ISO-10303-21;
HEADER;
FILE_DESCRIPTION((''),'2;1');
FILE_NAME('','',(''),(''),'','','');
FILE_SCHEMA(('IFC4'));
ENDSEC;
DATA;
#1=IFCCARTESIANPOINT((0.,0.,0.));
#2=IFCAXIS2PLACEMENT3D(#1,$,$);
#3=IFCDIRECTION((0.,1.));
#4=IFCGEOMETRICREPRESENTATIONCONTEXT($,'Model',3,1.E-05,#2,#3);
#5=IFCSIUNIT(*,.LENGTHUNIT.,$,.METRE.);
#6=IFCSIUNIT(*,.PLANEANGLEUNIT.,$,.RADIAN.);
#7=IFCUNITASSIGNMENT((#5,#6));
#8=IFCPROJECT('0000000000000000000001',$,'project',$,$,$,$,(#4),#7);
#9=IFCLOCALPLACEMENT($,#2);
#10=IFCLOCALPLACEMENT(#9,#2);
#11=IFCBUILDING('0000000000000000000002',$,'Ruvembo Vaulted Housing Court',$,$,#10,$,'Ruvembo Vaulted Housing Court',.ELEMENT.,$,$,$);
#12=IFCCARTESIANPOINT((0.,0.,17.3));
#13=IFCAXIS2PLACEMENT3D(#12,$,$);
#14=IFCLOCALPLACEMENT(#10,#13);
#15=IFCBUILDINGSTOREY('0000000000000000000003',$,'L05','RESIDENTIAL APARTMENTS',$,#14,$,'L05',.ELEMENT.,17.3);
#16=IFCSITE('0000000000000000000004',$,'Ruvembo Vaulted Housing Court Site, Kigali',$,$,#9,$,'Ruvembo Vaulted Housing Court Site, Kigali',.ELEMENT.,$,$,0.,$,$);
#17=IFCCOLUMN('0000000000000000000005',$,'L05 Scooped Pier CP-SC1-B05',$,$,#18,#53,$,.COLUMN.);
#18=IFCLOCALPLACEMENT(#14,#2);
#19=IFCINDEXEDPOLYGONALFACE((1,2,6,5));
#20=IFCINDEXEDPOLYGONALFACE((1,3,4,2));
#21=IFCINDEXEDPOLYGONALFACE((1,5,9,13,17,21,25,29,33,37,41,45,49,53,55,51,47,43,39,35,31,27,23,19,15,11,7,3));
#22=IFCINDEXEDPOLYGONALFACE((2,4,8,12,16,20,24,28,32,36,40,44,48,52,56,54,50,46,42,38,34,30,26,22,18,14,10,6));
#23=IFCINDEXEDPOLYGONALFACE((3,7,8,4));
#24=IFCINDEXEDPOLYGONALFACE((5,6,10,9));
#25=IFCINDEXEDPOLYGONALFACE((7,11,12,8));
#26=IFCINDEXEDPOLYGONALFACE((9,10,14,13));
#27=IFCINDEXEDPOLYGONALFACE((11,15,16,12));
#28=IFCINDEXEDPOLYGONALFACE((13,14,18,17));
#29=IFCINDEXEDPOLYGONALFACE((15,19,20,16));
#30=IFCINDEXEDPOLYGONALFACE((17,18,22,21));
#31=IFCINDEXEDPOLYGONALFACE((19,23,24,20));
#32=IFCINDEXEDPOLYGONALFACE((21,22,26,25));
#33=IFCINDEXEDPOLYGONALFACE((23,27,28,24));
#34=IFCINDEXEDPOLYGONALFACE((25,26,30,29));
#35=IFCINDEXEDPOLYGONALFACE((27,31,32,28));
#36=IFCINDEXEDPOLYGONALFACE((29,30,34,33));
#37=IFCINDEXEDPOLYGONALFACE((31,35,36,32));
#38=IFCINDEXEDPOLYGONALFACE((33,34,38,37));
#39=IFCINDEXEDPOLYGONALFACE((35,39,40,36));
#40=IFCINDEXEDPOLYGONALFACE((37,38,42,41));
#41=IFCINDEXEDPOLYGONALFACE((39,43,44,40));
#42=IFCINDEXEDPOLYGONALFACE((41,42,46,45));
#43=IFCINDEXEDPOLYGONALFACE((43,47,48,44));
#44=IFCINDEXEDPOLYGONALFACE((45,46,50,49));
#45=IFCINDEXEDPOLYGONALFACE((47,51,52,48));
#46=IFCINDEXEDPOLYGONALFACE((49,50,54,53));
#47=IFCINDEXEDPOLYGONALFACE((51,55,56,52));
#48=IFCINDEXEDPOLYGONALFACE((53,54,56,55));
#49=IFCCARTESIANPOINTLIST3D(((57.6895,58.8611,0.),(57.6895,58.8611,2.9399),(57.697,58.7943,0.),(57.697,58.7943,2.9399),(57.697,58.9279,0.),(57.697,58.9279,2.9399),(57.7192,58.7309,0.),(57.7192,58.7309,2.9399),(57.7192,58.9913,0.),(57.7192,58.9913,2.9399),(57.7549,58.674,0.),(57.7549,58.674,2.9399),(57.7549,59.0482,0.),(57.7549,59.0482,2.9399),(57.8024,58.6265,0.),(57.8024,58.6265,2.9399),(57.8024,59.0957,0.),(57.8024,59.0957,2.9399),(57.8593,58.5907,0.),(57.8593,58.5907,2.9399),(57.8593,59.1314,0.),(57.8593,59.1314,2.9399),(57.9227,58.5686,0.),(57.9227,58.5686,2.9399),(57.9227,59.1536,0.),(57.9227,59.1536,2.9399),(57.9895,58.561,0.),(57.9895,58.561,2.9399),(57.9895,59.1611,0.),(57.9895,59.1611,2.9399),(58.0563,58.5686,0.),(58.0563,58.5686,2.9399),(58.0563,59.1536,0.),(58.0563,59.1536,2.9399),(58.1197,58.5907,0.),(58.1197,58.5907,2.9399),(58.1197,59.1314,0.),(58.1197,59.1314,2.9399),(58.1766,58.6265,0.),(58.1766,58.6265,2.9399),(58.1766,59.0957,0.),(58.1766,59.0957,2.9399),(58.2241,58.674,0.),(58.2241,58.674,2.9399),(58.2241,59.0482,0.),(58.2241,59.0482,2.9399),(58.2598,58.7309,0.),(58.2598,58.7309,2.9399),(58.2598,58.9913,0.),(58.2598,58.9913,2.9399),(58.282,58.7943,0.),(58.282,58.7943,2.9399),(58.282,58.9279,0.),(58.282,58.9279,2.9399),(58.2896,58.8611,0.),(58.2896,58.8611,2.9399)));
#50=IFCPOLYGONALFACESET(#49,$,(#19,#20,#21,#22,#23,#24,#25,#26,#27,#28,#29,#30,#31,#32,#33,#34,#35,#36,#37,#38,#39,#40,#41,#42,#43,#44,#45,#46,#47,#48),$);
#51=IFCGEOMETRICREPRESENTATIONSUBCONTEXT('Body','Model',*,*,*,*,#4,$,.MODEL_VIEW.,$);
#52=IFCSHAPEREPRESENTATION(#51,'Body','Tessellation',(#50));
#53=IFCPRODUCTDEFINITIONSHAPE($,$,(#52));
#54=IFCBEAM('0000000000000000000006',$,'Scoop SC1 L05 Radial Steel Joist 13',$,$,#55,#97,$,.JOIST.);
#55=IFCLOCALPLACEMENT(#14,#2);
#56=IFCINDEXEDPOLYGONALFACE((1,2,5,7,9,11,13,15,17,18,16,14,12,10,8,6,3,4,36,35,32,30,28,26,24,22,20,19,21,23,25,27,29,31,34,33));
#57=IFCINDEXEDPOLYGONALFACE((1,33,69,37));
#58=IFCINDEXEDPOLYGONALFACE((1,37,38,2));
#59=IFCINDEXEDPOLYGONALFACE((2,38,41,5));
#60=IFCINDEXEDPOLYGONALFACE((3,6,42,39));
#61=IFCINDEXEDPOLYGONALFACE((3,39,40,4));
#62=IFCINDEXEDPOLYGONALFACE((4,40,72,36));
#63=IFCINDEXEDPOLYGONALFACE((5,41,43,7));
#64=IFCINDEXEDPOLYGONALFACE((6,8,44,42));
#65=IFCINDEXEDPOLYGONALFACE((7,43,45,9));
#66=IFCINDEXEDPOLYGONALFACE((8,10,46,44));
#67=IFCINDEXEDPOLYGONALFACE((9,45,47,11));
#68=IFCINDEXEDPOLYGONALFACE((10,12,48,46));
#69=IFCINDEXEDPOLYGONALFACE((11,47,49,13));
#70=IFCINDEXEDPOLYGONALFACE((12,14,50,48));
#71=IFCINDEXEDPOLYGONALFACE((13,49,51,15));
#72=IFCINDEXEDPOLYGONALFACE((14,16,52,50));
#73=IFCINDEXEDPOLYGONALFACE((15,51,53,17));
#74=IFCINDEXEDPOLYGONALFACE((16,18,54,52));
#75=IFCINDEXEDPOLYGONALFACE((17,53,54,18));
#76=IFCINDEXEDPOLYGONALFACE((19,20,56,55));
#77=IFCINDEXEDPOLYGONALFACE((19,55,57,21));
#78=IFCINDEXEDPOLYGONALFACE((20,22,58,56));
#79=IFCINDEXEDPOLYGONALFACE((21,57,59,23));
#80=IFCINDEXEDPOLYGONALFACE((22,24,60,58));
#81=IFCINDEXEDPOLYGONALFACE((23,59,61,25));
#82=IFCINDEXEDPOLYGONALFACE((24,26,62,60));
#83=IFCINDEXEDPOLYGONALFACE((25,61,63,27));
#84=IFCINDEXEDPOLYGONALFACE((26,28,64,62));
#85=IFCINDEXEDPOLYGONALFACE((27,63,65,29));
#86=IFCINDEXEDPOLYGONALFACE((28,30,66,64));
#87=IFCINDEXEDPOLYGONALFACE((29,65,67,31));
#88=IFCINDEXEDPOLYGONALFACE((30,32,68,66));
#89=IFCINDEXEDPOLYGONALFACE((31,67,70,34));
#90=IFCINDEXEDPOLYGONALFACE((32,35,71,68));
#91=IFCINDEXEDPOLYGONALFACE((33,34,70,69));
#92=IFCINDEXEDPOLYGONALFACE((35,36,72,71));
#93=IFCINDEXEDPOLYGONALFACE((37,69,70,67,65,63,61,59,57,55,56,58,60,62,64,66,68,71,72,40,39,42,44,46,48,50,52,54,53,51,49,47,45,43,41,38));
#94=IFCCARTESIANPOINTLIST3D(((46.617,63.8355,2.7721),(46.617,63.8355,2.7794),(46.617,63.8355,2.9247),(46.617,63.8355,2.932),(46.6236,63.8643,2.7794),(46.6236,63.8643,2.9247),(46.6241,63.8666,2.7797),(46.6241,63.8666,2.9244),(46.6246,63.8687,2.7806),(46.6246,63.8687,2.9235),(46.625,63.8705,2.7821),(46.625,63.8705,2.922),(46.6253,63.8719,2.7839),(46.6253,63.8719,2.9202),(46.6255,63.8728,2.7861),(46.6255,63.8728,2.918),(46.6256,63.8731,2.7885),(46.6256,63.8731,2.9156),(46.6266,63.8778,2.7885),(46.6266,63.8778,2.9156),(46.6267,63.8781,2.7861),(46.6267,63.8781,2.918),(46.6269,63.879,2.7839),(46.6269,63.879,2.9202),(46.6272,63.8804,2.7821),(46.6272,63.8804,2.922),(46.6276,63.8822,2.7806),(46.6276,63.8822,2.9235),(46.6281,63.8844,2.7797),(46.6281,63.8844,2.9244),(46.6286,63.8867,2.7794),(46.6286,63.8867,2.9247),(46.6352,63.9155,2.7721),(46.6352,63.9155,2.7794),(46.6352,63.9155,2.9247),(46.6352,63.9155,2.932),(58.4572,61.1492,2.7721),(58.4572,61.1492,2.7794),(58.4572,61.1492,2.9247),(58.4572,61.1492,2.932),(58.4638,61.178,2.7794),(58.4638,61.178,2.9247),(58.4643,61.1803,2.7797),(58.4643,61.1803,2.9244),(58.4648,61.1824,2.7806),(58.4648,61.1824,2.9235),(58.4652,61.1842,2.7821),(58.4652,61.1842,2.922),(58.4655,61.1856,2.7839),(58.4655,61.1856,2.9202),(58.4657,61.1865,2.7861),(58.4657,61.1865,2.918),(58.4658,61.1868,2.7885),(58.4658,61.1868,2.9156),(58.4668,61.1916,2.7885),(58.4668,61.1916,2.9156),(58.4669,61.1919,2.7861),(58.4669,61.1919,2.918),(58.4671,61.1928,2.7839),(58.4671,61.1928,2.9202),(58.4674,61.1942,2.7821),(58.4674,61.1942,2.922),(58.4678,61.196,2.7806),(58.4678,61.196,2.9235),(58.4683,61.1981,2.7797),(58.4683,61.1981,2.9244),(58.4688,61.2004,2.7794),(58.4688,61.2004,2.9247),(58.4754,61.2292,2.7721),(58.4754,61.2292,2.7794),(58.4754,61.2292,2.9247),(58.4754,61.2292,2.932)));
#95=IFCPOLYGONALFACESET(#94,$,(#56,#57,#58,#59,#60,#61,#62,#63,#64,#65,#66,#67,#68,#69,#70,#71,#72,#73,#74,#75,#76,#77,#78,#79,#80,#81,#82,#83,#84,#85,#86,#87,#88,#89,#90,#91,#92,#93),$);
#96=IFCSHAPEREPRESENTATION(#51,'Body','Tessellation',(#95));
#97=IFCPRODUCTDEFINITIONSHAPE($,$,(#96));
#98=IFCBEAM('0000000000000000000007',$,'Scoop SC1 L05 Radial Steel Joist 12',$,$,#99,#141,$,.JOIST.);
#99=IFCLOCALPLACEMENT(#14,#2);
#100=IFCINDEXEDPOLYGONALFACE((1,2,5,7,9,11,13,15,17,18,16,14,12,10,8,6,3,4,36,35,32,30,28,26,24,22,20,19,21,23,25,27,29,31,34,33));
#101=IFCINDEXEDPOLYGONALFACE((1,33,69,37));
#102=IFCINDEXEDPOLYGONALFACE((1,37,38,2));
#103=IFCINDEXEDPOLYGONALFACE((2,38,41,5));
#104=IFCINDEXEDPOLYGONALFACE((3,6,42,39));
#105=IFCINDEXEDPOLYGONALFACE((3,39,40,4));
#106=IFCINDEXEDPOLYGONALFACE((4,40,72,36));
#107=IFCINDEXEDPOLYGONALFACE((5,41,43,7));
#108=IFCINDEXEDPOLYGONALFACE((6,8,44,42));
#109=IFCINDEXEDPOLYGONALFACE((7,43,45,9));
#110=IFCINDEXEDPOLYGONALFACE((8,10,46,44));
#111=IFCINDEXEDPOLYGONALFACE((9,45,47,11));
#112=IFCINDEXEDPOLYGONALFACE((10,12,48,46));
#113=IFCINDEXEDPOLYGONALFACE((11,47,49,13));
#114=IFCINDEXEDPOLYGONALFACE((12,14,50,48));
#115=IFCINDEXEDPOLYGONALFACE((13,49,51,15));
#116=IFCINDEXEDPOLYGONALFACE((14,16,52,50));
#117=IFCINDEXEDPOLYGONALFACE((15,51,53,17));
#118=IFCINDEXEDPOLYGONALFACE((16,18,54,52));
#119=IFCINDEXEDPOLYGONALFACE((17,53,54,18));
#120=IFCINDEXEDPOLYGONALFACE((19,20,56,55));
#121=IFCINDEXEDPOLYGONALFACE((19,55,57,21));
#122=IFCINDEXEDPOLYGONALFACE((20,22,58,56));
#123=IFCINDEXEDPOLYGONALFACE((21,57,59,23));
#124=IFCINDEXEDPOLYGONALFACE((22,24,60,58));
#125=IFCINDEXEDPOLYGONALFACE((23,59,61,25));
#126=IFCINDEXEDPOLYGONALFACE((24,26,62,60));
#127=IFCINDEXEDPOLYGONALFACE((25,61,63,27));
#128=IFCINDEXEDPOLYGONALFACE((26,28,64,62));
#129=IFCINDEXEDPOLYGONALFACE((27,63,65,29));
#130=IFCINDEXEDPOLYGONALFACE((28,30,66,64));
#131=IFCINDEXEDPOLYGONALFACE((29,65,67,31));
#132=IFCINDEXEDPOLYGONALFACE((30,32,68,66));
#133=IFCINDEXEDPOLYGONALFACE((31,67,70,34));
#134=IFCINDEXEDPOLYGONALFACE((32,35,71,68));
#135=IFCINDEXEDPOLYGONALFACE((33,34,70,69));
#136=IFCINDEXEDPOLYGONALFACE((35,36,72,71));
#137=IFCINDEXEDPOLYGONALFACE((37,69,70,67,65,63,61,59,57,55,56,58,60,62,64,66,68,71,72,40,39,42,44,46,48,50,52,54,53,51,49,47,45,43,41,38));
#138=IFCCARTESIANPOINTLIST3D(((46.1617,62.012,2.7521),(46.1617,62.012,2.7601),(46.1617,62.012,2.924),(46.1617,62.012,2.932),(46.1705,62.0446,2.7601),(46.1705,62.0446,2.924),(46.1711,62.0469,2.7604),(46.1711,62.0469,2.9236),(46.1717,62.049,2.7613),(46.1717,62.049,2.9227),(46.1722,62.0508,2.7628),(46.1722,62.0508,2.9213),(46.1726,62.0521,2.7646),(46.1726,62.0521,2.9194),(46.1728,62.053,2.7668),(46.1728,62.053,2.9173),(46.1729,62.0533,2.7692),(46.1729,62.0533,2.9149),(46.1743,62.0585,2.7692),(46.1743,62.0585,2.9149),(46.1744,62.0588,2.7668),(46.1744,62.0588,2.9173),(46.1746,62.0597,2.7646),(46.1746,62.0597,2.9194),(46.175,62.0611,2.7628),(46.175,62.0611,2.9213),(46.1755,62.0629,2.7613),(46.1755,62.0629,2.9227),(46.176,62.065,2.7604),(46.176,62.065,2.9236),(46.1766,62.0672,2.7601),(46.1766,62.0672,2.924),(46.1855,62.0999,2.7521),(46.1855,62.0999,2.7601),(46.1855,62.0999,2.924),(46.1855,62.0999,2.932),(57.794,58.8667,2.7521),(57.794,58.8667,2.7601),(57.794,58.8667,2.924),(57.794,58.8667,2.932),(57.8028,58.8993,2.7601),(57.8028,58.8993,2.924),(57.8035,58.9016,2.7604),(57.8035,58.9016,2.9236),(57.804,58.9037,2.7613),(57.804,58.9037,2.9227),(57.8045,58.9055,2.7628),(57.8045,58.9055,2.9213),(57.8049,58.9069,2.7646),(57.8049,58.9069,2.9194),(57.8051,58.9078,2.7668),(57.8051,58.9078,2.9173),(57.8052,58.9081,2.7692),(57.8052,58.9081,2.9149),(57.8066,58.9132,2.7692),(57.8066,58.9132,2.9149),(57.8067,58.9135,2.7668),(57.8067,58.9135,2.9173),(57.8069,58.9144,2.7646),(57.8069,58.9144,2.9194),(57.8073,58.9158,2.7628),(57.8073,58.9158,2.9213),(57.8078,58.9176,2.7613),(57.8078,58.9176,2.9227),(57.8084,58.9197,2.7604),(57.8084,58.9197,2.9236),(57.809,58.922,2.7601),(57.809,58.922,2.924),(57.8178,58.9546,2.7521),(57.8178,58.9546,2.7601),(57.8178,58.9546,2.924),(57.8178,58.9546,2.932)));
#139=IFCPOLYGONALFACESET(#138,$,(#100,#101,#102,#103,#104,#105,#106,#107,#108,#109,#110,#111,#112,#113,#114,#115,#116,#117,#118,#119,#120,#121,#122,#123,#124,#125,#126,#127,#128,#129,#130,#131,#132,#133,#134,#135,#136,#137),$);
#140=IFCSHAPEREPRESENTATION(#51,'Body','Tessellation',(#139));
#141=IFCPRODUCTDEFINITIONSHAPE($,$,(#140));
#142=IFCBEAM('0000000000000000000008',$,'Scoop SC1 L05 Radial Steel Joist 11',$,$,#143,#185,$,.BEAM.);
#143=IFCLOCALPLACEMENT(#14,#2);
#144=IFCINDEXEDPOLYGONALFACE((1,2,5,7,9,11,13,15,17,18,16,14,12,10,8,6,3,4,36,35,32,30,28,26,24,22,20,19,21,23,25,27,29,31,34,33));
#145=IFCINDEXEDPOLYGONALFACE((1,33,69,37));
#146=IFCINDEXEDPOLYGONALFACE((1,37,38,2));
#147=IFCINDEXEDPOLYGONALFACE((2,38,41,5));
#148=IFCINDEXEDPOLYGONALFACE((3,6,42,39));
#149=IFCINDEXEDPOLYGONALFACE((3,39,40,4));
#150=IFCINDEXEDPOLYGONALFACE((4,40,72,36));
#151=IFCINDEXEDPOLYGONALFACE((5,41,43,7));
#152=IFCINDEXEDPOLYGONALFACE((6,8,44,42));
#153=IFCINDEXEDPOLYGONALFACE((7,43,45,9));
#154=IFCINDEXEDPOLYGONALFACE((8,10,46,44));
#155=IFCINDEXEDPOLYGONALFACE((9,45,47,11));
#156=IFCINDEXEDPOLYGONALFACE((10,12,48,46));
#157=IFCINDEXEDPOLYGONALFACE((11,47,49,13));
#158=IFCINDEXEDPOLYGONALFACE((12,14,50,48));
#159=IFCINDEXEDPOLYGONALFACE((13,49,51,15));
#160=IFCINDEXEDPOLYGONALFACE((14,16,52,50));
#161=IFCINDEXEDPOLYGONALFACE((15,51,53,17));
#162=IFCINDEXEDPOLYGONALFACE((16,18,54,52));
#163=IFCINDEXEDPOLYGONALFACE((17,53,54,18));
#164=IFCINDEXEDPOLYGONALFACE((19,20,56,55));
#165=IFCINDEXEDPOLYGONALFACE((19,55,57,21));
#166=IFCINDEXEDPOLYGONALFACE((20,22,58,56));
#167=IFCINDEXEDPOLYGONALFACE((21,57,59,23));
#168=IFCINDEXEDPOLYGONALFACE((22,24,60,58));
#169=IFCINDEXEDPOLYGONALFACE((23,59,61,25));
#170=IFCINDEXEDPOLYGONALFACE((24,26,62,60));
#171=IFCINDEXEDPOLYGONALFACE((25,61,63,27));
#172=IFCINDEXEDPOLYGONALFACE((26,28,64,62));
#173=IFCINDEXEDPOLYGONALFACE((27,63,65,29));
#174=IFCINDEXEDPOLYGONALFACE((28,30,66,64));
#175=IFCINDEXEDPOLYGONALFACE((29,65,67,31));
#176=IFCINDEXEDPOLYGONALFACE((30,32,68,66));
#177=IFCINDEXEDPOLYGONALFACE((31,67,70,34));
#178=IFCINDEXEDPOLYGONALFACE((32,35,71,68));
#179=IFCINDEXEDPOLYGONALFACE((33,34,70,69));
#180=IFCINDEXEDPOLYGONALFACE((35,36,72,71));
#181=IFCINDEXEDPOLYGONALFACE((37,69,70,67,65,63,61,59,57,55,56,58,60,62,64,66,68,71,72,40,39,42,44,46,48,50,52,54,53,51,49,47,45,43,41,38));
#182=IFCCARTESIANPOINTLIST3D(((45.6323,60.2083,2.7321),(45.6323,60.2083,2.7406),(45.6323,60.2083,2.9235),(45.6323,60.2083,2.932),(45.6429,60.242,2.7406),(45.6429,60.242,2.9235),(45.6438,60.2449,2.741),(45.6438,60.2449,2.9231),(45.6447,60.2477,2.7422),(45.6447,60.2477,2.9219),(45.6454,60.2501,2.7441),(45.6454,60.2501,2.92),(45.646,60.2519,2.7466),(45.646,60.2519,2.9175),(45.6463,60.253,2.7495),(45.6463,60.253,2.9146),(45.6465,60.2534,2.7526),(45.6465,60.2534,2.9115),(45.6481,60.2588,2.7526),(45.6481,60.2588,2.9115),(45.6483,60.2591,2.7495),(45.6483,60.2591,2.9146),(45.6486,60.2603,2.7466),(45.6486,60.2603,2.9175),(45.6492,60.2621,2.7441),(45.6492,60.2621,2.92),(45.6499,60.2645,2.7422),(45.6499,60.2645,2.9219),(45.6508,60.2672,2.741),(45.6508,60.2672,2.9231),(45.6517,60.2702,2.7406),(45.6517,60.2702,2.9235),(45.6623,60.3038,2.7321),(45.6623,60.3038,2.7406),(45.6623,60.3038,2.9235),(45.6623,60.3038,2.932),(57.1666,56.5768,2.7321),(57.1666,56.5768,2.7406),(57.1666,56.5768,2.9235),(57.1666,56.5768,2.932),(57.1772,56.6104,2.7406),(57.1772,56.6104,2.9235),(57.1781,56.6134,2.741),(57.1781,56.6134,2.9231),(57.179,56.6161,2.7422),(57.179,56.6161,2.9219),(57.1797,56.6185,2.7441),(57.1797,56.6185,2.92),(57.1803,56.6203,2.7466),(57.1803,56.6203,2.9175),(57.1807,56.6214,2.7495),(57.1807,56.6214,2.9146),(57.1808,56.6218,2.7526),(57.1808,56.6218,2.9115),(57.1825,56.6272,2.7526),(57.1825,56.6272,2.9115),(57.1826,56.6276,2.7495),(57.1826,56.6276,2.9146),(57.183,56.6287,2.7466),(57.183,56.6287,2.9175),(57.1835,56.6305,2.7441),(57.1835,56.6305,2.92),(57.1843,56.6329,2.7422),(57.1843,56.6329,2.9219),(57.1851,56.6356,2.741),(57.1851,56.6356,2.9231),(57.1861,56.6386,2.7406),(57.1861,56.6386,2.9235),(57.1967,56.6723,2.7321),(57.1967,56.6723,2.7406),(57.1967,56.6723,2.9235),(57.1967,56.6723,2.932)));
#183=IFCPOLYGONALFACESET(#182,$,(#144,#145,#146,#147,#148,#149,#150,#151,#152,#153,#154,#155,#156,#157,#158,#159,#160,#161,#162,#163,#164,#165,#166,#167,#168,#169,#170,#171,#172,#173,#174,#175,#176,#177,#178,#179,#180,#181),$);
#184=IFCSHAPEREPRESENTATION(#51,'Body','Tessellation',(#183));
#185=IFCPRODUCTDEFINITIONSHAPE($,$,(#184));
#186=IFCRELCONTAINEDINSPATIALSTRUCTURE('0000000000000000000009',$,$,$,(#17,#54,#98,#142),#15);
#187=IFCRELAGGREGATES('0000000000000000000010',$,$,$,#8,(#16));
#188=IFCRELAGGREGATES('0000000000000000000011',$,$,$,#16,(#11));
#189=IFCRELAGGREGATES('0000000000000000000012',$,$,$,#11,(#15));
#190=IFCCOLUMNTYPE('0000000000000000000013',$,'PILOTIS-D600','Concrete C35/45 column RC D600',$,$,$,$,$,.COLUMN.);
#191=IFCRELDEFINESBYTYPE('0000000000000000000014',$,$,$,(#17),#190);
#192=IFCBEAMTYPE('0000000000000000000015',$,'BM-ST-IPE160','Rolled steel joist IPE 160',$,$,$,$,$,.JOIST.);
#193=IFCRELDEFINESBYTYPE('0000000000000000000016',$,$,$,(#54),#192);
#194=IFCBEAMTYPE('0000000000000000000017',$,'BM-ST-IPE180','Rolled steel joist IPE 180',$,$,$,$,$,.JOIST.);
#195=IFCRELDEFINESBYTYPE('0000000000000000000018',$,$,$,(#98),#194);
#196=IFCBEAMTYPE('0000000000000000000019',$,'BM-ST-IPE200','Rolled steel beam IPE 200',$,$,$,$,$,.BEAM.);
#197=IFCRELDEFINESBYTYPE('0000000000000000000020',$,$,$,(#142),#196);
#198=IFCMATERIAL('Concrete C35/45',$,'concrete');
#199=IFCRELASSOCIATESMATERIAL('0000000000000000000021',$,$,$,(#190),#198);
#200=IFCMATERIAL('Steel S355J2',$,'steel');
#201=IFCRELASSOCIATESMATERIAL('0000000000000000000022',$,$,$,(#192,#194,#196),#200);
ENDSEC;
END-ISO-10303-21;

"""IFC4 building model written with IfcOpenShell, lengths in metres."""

from ifc_helpers import new_model, si_unit, direction, frame, origin, origin_2d, place, context, subcontext, project, spatial, circle, i_section, extrude, material, material_profile, profile_set, type_object, element, save


model = new_model("IFC4")

# Units and contexts
model_context = context("Model", 3, precision=1e-05, world=origin(), true_north=direction((0.0, 1.0)))
body_context = subcontext(model_context, "Body", "Model", "MODEL_VIEW")
ifc_project = project(units=[si_unit("LENGTHUNIT", "METRE"), si_unit("PLANEANGLEUNIT", "RADIAN")], contexts=[model_context])

# Site, building, storey
site_placement = place(None, origin())
site = spatial("IfcSite", under=ifc_project, at=site_placement, Name="Ruvembo Vaulted Housing Court Site, Kigali", LongName="Ruvembo Vaulted Housing Court Site, Kigali", CompositionType="ELEMENT", RefElevation=0.0)
building_placement = place(site_placement, origin())
building = spatial("IfcBuilding", under=site, at=building_placement, Name="Ruvembo Vaulted Housing Court", LongName="Ruvembo Vaulted Housing Court", CompositionType="ELEMENT")
storey_placement = place(building_placement, frame((0.0, 0.0, 17.3)))
storey = spatial("IfcBuildingStorey", under=building, at=storey_placement, Name="L05", Description="RESIDENTIAL APARTMENTS", LongName="L05", CompositionType="ELEMENT", Elevation=17.3)

# Column
ifc_material_1 = material(Name="Concrete C35/45", Category="concrete")
ifc_material_profile_1 = material_profile(ifc_material_1, circle(Radius=0.3, at=origin_2d()), Name="RC D600")
ifc_profile_set_1 = profile_set([ifc_material_profile_1], Name="Concrete C35/45")
column_type = type_object("IfcColumnType", Name="PILOTIS-D600", Description="Concrete C35/45 column RC D600", PredefinedType="COLUMN", material=ifc_profile_set_1)
column_placement = place(storey_placement, frame((57.9895, 58.8611, 0.0), z_axis=(0.0, 0.0, 1.0), x_axis=(1.0, 0.0, 0.0)))
element("IfcColumn", 1, at=column_placement, inside=storey, type_object=column_type, Name="L05 Scooped Pier CP-SC1-B05", PredefinedType="COLUMN", context=body_context, shape_type="SweptSolid", body=[
    extrude(circle(Radius=0.3, at=origin_2d()), origin(), (0.0, 0.0, 1.0), 2.9399),
])

# Beams
ifc_material_2 = material(Name="Steel S355J2", Category="steel")
ifc_material_profile_2 = material_profile(ifc_material_2, i_section(OverallWidth=0.082, OverallDepth=0.1599, WebThickness=0.0049, FlangeThickness=0.0073, FilletRadius=0.009, at=origin_2d()), Name="IPE 160")
ifc_profile_set_2 = profile_set([ifc_material_profile_2], Name="Steel S355J2")
beam_type_1 = type_object("IfcBeamType", Name="BM-ST-IPE160", Description="Rolled steel joist IPE 160", PredefinedType="JOIST", material=ifc_profile_set_2)
beam_1_placement = place(storey_placement, frame((58.4663, 61.1892, 2.8521), z_axis=(-0.975217, 0.221253, 0.0), x_axis=(-0.221253, -0.975217, 0.0)))
element("IfcBeam", 2, at=beam_1_placement, inside=storey, type_object=beam_type_1, Name="Scoop SC1 L05 Radial Steel Joist 13", PredefinedType="JOIST", context=body_context, shape_type="SweptSolid", body=[
    extrude(i_section(OverallWidth=0.082, OverallDepth=0.1599, WebThickness=0.0049, FlangeThickness=0.0073, FilletRadius=0.009, at=origin_2d()), origin(), (0.0, 0.0, 1.0), 12.1411),
])
ifc_material_profile_3 = material_profile(ifc_material_2, i_section(OverallWidth=0.0911, OverallDepth=0.1799, WebThickness=0.0054, FlangeThickness=0.0081, FilletRadius=0.009, at=origin_2d()), Name="IPE 180")
ifc_profile_set_3 = profile_set([ifc_material_profile_3], Name="Steel S355J2")
beam_type_2 = type_object("IfcBeamType", Name="BM-ST-IPE180", Description="Rolled steel joist IPE 180", PredefinedType="JOIST", material=ifc_profile_set_3)
beam_2_placement = place(storey_placement, frame((57.8059, 58.9106, 2.842), z_axis=(-0.965334, 0.261017, 0.0), x_axis=(-0.261017, -0.965334, 0.0)))
element("IfcBeam", 3, at=beam_2_placement, inside=storey, type_object=beam_type_2, Name="Scoop SC1 L05 Radial Steel Joist 12", PredefinedType="JOIST", context=body_context, shape_type="SweptSolid", body=[
    extrude(i_section(OverallWidth=0.0911, OverallDepth=0.1799, WebThickness=0.0054, FlangeThickness=0.0081, FilletRadius=0.009, at=origin_2d()), origin(), (0.0, 0.0, 1.0), 12.05),
])
ifc_material_profile_4 = material_profile(ifc_material_2, i_section(OverallWidth=0.1001, OverallDepth=0.2, WebThickness=0.0056, FlangeThickness=0.0085, FilletRadius=0.012, at=origin_2d()), Name="IPE 200")
ifc_profile_set_4 = profile_set([ifc_material_profile_4], Name="Steel S355J2")
beam_type_3 = type_object("IfcBeamType", Name="BM-ST-IPE200", Description="Rolled steel beam IPE 200", PredefinedType="BEAM", material=ifc_profile_set_4)
beam_3_placement = place(storey_placement, frame((57.1816, 56.6245, 2.832), z_axis=(-0.95384, 0.300315, 0.0), x_axis=(-0.300315, -0.95384, 0.0)))
element("IfcBeam", 4, at=beam_3_placement, inside=storey, type_object=beam_type_3, Name="Scoop SC1 L05 Radial Steel Joist 11", PredefinedType="BEAM", context=body_context, shape_type="SweptSolid", body=[
    extrude(i_section(OverallWidth=0.1001, OverallDepth=0.2, WebThickness=0.0056, FlangeThickness=0.0085, FilletRadius=0.012, at=origin_2d()), origin(), (0.0, 0.0, 1.0), 12.0925),
])

save(model, "model.ifc")
